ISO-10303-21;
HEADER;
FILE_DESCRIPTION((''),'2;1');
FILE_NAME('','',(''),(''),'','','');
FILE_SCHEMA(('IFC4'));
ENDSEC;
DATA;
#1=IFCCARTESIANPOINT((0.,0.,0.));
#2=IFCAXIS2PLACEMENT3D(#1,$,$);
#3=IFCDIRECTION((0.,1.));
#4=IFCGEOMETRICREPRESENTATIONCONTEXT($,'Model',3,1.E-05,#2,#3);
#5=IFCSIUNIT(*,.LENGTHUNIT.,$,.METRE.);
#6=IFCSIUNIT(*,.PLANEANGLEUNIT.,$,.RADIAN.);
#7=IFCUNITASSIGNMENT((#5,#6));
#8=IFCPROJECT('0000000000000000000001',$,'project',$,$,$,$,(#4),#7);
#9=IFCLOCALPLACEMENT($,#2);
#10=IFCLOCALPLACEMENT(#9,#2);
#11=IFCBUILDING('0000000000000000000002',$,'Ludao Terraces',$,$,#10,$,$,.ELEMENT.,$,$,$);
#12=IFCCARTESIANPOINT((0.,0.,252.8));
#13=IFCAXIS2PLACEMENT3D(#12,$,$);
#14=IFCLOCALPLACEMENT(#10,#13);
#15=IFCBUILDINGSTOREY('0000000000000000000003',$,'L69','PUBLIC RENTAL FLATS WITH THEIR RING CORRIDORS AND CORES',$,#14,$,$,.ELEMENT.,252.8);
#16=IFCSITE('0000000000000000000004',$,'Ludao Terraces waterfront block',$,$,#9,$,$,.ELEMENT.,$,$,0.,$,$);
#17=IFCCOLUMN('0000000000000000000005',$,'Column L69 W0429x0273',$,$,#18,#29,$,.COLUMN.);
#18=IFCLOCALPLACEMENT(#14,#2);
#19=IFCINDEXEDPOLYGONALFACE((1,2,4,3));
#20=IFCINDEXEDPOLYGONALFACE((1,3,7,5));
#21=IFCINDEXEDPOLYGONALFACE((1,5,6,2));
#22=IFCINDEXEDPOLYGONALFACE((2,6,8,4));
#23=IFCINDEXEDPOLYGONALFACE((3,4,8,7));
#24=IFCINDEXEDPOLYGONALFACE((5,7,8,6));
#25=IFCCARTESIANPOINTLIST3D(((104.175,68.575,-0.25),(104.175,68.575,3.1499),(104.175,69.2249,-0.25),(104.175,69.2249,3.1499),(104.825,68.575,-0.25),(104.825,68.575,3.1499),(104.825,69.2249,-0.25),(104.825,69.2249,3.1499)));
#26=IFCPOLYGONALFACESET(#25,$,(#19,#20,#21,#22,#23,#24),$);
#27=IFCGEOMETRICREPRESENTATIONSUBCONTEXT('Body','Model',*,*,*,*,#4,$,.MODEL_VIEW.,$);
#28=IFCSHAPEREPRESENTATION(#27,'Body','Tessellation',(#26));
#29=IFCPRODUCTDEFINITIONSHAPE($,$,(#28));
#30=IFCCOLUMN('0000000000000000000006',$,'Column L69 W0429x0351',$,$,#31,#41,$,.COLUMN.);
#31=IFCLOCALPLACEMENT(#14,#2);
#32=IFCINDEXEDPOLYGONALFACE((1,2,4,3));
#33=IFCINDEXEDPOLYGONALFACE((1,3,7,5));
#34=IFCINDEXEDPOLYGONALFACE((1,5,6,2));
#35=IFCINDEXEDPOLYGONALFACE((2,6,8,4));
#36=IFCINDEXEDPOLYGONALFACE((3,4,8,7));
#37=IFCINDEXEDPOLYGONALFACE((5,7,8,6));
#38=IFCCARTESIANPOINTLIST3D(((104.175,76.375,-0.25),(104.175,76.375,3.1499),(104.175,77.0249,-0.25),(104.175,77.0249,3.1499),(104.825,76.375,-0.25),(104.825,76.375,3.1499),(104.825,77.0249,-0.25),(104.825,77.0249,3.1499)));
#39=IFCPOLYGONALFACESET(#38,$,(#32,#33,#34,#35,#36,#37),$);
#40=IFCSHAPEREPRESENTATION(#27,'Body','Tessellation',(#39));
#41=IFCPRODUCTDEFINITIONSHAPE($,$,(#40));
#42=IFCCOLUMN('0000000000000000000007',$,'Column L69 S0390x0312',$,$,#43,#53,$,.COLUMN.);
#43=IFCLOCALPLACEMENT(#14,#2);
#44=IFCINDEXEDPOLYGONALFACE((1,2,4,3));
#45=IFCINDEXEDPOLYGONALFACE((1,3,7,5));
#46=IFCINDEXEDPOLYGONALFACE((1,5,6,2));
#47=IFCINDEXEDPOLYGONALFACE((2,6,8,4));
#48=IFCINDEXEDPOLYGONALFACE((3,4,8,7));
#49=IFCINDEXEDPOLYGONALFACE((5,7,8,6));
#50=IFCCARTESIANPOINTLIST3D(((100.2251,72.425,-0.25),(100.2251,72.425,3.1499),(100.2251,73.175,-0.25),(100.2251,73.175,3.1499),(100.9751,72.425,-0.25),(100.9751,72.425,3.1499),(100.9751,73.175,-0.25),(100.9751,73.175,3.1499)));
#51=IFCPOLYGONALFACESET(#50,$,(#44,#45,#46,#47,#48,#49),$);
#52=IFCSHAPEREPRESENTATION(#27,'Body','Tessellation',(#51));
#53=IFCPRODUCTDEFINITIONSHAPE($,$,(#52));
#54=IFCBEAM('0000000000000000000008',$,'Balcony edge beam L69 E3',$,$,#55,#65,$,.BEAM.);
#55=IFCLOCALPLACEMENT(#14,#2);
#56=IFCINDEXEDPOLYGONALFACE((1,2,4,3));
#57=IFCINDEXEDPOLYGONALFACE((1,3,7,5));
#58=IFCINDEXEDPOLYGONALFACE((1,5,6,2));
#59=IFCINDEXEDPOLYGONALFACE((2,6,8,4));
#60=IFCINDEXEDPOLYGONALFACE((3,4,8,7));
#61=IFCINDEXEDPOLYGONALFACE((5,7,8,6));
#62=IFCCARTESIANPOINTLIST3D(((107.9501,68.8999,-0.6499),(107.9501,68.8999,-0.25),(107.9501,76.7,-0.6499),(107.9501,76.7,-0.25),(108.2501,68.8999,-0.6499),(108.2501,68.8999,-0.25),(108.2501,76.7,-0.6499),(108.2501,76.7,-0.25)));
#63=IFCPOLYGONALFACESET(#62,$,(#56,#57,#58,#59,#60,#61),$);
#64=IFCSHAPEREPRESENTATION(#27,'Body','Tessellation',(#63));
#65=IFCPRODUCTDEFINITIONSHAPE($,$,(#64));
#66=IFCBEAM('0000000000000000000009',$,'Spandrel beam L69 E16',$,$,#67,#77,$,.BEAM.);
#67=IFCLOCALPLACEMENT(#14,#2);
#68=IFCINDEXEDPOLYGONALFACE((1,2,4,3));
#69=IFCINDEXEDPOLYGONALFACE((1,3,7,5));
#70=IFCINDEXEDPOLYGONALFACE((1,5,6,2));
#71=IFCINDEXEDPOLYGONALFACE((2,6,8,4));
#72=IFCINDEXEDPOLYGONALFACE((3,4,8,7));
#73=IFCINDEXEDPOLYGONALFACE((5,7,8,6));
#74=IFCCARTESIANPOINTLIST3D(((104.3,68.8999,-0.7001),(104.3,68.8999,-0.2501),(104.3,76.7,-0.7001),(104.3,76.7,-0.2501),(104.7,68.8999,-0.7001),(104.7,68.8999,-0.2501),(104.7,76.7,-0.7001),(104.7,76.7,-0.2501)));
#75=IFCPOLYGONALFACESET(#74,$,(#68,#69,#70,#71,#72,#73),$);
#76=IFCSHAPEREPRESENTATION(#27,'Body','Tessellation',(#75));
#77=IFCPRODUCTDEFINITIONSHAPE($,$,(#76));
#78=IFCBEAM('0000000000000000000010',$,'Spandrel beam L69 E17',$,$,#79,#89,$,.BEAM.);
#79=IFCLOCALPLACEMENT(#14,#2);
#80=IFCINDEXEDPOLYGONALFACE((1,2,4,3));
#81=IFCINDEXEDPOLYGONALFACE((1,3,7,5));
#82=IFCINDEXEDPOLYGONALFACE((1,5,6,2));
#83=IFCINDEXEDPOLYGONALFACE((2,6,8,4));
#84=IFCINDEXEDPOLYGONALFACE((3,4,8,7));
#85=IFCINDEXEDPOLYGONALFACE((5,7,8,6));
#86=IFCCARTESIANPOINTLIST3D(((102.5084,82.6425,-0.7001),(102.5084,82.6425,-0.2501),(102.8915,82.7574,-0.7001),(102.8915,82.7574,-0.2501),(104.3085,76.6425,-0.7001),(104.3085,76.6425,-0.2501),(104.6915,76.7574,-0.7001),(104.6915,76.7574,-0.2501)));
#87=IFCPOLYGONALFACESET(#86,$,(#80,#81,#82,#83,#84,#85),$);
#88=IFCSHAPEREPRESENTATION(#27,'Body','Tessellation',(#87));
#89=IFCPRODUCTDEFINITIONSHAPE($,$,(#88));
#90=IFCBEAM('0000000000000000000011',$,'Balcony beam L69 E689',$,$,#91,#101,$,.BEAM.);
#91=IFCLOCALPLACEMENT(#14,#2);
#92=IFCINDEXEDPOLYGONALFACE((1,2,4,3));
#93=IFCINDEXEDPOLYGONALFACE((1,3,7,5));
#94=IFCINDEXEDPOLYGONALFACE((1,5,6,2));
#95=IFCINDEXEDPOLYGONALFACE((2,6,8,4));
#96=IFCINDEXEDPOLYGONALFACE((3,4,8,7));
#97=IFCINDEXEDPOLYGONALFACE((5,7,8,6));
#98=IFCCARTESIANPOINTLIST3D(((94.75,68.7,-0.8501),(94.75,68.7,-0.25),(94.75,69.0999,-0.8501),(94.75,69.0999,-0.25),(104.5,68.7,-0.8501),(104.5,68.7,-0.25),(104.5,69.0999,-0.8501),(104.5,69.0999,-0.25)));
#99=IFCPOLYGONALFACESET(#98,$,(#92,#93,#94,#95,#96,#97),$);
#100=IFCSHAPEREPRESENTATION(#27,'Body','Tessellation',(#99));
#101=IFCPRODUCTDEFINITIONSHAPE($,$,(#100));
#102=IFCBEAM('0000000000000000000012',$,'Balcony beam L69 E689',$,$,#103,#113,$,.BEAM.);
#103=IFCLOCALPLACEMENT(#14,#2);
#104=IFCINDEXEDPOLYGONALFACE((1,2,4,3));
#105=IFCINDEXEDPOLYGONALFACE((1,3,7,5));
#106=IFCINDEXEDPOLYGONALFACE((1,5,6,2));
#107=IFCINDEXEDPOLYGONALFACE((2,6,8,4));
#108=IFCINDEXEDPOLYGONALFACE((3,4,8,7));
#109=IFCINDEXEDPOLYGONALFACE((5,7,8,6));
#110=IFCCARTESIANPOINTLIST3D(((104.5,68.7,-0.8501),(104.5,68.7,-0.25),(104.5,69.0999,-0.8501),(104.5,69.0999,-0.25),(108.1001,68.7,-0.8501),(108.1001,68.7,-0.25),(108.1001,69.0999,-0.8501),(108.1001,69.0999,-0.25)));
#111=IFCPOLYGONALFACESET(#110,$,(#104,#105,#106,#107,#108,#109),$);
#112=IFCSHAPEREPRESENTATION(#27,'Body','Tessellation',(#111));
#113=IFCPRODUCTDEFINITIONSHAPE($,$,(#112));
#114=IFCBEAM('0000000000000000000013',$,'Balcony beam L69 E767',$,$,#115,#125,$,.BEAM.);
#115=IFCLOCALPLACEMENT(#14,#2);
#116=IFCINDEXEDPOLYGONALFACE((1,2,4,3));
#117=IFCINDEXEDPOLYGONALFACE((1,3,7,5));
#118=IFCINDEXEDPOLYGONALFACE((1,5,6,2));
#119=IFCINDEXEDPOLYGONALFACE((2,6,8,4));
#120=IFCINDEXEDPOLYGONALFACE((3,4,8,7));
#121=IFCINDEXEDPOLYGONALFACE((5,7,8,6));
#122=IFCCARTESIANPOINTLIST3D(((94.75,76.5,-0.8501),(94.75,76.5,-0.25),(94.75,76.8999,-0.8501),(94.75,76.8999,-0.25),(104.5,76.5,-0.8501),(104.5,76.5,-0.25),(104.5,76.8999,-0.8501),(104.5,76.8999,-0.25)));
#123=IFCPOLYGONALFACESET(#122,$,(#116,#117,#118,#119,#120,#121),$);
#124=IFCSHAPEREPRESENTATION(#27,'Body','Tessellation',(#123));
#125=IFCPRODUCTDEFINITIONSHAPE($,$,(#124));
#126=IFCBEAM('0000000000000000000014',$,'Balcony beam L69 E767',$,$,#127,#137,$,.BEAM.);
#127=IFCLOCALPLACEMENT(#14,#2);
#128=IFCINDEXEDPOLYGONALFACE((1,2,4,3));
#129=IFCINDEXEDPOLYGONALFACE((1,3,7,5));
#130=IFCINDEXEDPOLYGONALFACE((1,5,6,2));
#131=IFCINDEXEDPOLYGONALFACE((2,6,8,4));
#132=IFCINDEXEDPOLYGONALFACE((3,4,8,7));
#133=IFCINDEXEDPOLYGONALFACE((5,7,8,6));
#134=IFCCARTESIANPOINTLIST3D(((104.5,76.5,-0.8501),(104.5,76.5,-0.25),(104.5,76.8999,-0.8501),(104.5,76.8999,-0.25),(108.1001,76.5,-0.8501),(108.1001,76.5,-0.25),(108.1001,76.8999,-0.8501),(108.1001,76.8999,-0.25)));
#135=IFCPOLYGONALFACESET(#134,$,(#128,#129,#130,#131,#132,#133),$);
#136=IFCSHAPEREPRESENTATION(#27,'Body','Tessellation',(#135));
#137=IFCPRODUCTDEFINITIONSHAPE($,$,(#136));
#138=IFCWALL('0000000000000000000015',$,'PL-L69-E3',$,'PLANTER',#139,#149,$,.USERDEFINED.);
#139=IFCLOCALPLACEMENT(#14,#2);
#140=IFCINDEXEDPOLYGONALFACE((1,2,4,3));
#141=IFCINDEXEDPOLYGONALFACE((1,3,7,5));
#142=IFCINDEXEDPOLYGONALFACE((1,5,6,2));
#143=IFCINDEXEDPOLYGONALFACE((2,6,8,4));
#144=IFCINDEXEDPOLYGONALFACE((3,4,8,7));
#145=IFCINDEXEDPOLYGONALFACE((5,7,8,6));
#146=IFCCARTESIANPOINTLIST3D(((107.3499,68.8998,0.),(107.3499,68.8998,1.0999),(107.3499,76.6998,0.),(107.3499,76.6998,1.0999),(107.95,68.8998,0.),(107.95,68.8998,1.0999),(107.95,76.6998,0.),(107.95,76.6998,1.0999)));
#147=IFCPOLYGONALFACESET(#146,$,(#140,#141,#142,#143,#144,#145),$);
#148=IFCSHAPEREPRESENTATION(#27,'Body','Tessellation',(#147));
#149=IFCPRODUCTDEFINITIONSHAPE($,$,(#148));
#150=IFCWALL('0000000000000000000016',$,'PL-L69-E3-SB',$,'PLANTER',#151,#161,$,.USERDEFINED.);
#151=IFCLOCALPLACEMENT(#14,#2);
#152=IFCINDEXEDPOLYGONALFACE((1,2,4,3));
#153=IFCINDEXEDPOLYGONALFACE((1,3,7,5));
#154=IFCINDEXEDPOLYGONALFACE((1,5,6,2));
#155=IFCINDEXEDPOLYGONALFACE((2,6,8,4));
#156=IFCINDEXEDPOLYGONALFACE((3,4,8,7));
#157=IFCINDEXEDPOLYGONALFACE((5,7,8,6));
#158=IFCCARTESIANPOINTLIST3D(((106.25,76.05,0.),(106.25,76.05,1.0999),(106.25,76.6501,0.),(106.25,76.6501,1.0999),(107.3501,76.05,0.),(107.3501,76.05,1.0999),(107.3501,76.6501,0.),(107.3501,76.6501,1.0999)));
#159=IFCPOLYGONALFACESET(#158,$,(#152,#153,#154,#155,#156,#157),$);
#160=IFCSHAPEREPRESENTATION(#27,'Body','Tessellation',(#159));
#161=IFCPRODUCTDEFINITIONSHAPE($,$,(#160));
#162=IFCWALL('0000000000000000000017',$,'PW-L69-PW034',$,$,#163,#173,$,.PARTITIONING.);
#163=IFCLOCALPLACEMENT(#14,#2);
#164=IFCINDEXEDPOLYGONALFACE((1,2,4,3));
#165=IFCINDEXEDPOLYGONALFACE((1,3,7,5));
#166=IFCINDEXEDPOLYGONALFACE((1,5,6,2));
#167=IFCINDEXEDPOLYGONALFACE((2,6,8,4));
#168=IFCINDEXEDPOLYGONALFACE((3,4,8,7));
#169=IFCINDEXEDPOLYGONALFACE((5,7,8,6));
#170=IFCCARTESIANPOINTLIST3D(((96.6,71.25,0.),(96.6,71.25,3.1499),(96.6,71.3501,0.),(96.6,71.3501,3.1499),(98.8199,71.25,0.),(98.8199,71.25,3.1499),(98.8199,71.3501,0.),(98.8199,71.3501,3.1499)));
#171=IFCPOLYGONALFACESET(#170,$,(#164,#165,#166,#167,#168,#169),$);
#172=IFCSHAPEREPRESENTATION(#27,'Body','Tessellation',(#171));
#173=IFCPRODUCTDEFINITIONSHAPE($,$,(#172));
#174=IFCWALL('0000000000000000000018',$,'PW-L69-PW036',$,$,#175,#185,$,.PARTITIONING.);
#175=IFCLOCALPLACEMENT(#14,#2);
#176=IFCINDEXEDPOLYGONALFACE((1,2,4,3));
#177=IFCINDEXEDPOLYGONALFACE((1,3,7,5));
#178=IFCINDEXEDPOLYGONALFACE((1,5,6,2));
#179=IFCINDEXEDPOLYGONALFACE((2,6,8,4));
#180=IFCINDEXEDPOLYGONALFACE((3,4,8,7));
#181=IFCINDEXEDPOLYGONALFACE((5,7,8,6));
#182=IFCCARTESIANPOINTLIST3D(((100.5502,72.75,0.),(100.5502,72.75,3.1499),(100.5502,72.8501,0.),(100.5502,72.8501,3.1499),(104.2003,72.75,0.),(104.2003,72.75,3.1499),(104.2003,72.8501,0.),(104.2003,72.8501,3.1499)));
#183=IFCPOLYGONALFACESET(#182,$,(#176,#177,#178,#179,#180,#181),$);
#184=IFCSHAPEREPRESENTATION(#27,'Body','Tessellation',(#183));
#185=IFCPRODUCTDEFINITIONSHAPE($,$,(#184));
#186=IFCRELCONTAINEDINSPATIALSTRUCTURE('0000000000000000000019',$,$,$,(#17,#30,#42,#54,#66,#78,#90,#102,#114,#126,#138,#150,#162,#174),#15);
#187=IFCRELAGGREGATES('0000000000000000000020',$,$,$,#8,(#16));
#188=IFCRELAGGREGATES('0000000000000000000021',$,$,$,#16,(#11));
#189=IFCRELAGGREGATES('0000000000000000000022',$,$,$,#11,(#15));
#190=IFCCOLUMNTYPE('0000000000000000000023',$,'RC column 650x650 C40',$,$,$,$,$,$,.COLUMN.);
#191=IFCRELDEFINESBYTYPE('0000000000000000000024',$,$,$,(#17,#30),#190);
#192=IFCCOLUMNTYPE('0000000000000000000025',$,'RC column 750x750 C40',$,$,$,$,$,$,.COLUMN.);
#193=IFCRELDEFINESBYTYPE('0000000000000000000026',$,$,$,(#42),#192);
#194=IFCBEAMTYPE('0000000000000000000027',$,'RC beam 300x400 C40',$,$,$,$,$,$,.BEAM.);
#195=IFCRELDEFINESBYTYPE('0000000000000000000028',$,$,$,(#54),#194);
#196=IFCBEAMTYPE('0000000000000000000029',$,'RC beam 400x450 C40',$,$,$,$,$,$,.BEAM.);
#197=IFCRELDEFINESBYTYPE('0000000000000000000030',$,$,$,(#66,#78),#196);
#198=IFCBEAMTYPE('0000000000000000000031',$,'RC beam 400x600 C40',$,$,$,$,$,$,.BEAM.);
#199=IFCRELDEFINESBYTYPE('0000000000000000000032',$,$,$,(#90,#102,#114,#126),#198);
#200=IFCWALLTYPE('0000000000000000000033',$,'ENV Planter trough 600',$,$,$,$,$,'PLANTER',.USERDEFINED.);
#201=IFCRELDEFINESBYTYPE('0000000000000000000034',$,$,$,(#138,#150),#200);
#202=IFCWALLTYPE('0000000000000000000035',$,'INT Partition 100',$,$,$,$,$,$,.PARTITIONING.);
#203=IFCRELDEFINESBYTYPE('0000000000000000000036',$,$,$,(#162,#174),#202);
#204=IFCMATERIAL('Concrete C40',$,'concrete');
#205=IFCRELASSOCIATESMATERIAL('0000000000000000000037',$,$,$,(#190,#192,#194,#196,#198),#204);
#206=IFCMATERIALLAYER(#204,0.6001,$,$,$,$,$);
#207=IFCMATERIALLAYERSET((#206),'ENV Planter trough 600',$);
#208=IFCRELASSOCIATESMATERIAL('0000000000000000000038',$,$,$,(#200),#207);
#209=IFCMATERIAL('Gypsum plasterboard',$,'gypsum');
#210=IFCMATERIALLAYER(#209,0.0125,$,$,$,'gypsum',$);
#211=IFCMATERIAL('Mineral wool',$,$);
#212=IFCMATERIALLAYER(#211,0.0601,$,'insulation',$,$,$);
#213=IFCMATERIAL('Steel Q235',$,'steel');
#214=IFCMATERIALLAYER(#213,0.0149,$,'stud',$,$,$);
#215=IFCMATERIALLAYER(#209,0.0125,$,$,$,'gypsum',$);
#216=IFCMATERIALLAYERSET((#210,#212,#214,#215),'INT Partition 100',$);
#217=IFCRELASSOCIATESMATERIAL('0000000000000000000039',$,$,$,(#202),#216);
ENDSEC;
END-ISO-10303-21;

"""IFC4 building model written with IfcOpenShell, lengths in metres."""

from ifc_helpers import new_model, si_unit, direction, frame, frame_2d, origin, origin_2d, place, context, subcontext, project, spatial, rectangle, extrude, material, layer, layer_set, material_profile, profile_set, type_object, element, save


model = new_model("IFC4")

# Units and contexts
model_context = context("Model", 3, precision=1e-05, world=origin(), true_north=direction((0.0, 1.0)))
body_context = subcontext(model_context, "Body", "Model", "MODEL_VIEW")
ifc_project = project(units=[si_unit("LENGTHUNIT", "METRE"), si_unit("PLANEANGLEUNIT", "RADIAN")], contexts=[model_context])

# Site, building, storey
site_placement = place(None, origin())
site = spatial("IfcSite", under=ifc_project, at=site_placement, Name="Ludao Terraces waterfront block", CompositionType="ELEMENT", RefElevation=0.0)
building_placement = place(site_placement, origin())
building = spatial("IfcBuilding", under=site, at=building_placement, Name="Ludao Terraces", CompositionType="ELEMENT")
storey_placement = place(building_placement, frame((0.0, 0.0, 252.8)))
storey = spatial("IfcBuildingStorey", under=building, at=storey_placement, Name="L69", Description="PUBLIC RENTAL FLATS WITH THEIR RING CORRIDORS AND CORES", CompositionType="ELEMENT", Elevation=252.8)

# Columns
ifc_material_1 = material(Name="Concrete C40", Category="concrete")
ifc_material_profile_1 = material_profile(ifc_material_1, rectangle(XDim=0.6499, YDim=0.6499, at=origin_2d()), Name="650 X 650")
ifc_profile_set_1 = profile_set([ifc_material_profile_1], Name="Concrete C40")
column_type_1 = type_object("IfcColumnType", Name="RC column 650x650 C40", PredefinedType="COLUMN", material=ifc_profile_set_1)
for number, where, z_axis, x_axis, name in (
    (1, (104.5, 68.8999, -0.25), (0.0, 0.0, 1.0), (1.0, 0.0, 0.0), "Column L69 W0429x0273"),
    (2, (104.5, 76.7, -0.25), (0.0, 0.0, 1.0), (1.0, 0.0, 0.0), "Column L69 W0429x0351"),
):
    element("IfcColumn", number, at=place(storey_placement, frame(where, z_axis=z_axis, x_axis=x_axis)), inside=storey, type_object=column_type_1, Name=name, PredefinedType="COLUMN", context=body_context, shape_type="SweptSolid", body=[
        extrude(rectangle(XDim=0.6499, YDim=0.6499, at=origin_2d()), origin(), (0.0, 0.0, 1.0), 3.3999),
    ])
ifc_material_profile_2 = material_profile(ifc_material_1, rectangle(XDim=0.75, YDim=0.75, at=origin_2d()), Name="750 X 750")
ifc_profile_set_2 = profile_set([ifc_material_profile_2], Name="Concrete C40")
column_type_2 = type_object("IfcColumnType", Name="RC column 750x750 C40", PredefinedType="COLUMN", material=ifc_profile_set_2)
column_placement = place(storey_placement, frame((100.6001, 72.8, -0.25), z_axis=(0.0, 0.0, 1.0), x_axis=(1.0, 0.0, 0.0)))
element("IfcColumn", 3, at=column_placement, inside=storey, type_object=column_type_2, Name="Column L69 S0390x0312", PredefinedType="COLUMN", context=body_context, shape_type="SweptSolid", body=[
    extrude(rectangle(XDim=0.75, YDim=0.75, at=origin_2d()), origin(), (0.0, 0.0, 1.0), 3.3999),
])

# Beams
ifc_material_profile_3 = material_profile(ifc_material_1, rectangle(XDim=0.3, YDim=0.3999, at=origin_2d()), Name="300 X 400")
ifc_profile_set_3 = profile_set([ifc_material_profile_3], Name="Concrete C40")
beam_type_1 = type_object("IfcBeamType", Name="RC beam 300x400 C40", PredefinedType="BEAM", material=ifc_profile_set_3)
beam_1_placement = place(storey_placement, frame((108.1001, 68.8999, -0.45), z_axis=(0.0, 1.0, 0.0), x_axis=(-1.0, 0.0, 0.0)))
element("IfcBeam", 4, at=beam_1_placement, inside=storey, type_object=beam_type_1, Name="Balcony edge beam L69 E3", PredefinedType="BEAM", context=body_context, shape_type="SweptSolid", body=[
    extrude(rectangle(XDim=0.3, YDim=0.3999, at=origin_2d()), origin(), (0.0, 0.0, 1.0), 7.8),
])
ifc_material_profile_4 = material_profile(ifc_material_1, rectangle(XDim=0.3999, YDim=0.45, at=origin_2d()), Name="400 X 450")
ifc_profile_set_4 = profile_set([ifc_material_profile_4], Name="Concrete C40")
beam_type_2 = type_object("IfcBeamType", Name="RC beam 400x450 C40", PredefinedType="BEAM", material=ifc_profile_set_4)
beam_2_placement = place(storey_placement, frame((104.5, 68.8999, -0.4751), z_axis=(0.0, 1.0, 0.0), x_axis=(-1.0, 0.0, 0.0)))
element("IfcBeam", 5, at=beam_2_placement, inside=storey, type_object=beam_type_2, Name="Spandrel beam L69 E16", PredefinedType="BEAM", context=body_context, shape_type="SweptSolid", body=[
    extrude(rectangle(XDim=0.3999, YDim=0.45, at=origin_2d()), origin(), (0.0, 0.0, 1.0), 7.8),
])
beam_3_placement = place(storey_placement, frame((104.5, 76.7, -0.4751), z_axis=(-0.287355, 0.957824, 0.0), x_axis=(-0.957824, -0.287355, 0.0)))
element("IfcBeam", 6, at=beam_3_placement, inside=storey, type_object=beam_type_2, Name="Spandrel beam L69 E17", PredefinedType="BEAM", context=body_context, shape_type="SweptSolid", body=[
    extrude(rectangle(XDim=0.3999, YDim=0.45, at=origin_2d()), origin(), (0.0, 0.0, 1.0), 6.2642),
])
ifc_material_profile_5 = material_profile(ifc_material_1, rectangle(XDim=0.3999, YDim=0.6001, at=origin_2d()), Name="400 X 600")
ifc_profile_set_5 = profile_set([ifc_material_profile_5], Name="Concrete C40")
beam_type_3 = type_object("IfcBeamType", Name="RC beam 400x600 C40", PredefinedType="BEAM", material=ifc_profile_set_5)
beam_4_placement = place(storey_placement, frame((94.75, 68.8999, -0.55), z_axis=(1.0, 0.0, 0.0), x_axis=(0.0, 1.0, 0.0)))
element("IfcBeam", 7, at=beam_4_placement, inside=storey, type_object=beam_type_3, Name="Balcony beam L69 E689", PredefinedType="BEAM", context=body_context, shape_type="SweptSolid", body=[
    extrude(rectangle(XDim=0.3999, YDim=0.6001, at=origin_2d()), origin(), (0.0, 0.0, 1.0), 9.75),
])
beam_5_placement = place(storey_placement, frame((104.5, 68.8999, -0.55), z_axis=(1.0, 0.0, 0.0), x_axis=(0.0, 1.0, 0.0)))
element("IfcBeam", 8, at=beam_5_placement, inside=storey, type_object=beam_type_3, Name="Balcony beam L69 E689", PredefinedType="BEAM", context=body_context, shape_type="SweptSolid", body=[
    extrude(rectangle(XDim=0.3999, YDim=0.6001, at=origin_2d()), origin(), (0.0, 0.0, 1.0), 3.6001),
])
beam_6_placement = place(storey_placement, frame((94.75, 76.7, -0.55), z_axis=(1.0, 0.0, 0.0), x_axis=(0.0, 1.0, 0.0)))
element("IfcBeam", 9, at=beam_6_placement, inside=storey, type_object=beam_type_3, Name="Balcony beam L69 E767", PredefinedType="BEAM", context=body_context, shape_type="SweptSolid", body=[
    extrude(rectangle(XDim=0.3999, YDim=0.6001, at=origin_2d()), origin(), (0.0, 0.0, 1.0), 9.75),
])
beam_7_placement = place(storey_placement, frame((104.5, 76.7, -0.55), z_axis=(1.0, 0.0, 0.0), x_axis=(0.0, 1.0, 0.0)))
element("IfcBeam", 10, at=beam_7_placement, inside=storey, type_object=beam_type_3, Name="Balcony beam L69 E767", PredefinedType="BEAM", context=body_context, shape_type="SweptSolid", body=[
    extrude(rectangle(XDim=0.3999, YDim=0.6001, at=origin_2d()), origin(), (0.0, 0.0, 1.0), 3.6001),
])

# Walls
ifc_layer_1 = layer(ifc_material_1, 0.6001)
ifc_layer_set_1 = layer_set([ifc_layer_1], Name="ENV Planter trough 600")
wall_type_1 = type_object("IfcWallType", Name="ENV Planter trough 600", ElementType="PLANTER", PredefinedType="USERDEFINED", material=ifc_layer_set_1)
wall_1_placement = place(storey_placement, frame((107.6499, 68.8999, 0.0), z_axis=(0.0, 0.0, 1.0), x_axis=(0.0, 1.0, 0.0)))
element("IfcWall", 11, at=wall_1_placement, inside=storey, type_object=wall_type_1, Name="PL-L69-E3", ObjectType="PLANTER", PredefinedType="USERDEFINED", context=body_context, shape_type="SweptSolid", body=[
    extrude(rectangle(XDim=7.8, YDim=0.6001, at=frame_2d((3.8999, 0.0))), origin(), (0.0, 0.0, 1.0), 1.0999),
])
wall_2_placement = place(storey_placement, frame((107.3501, 76.3501, 0.0), z_axis=(0.0, 0.0, 1.0), x_axis=(-1.0, 0.0, 0.0)))
element("IfcWall", 12, at=wall_2_placement, inside=storey, type_object=wall_type_1, Name="PL-L69-E3-SB", ObjectType="PLANTER", PredefinedType="USERDEFINED", context=body_context, shape_type="SweptSolid", body=[
    extrude(rectangle(XDim=1.1001, YDim=0.6001, at=frame_2d((0.55, 0.0))), origin(), (0.0, 0.0, 1.0), 1.0999),
])

# Shared definitions
ifc_material_2 = material(Name="Mineral wool")

# Walls
ifc_material_3 = material(Name="Gypsum plasterboard", Category="gypsum")
ifc_layer_2 = layer(ifc_material_3, 0.0125, Category="gypsum")
ifc_layer_3 = layer(ifc_material_2, 0.0601, Name="insulation")
ifc_material_4 = material(Name="Steel Q235", Category="steel")
ifc_layer_4 = layer(ifc_material_4, 0.0149, Name="stud")
ifc_layer_5 = layer(ifc_material_3, 0.0125, Category="gypsum")
ifc_layer_set_2 = layer_set([ifc_layer_2, ifc_layer_3, ifc_layer_4, ifc_layer_5], Name="INT Partition 100")
wall_type_2 = type_object("IfcWallType", Name="INT Partition 100", PredefinedType="PARTITIONING", material=ifc_layer_set_2)
wall_3_placement = place(storey_placement, frame((96.6001, 71.3, 0.0), z_axis=(0.0, 0.0, 1.0), x_axis=(1.0, 0.0, 0.0)))
element("IfcWall", 13, at=wall_3_placement, inside=storey, type_object=wall_type_2, Name="PW-L69-PW034", PredefinedType="PARTITIONING", context=body_context, shape_type="SweptSolid", body=[
    extrude(rectangle(XDim=2.22, YDim=0.1001, at=frame_2d((1.1099, 0.0))), origin(), (0.0, 0.0, 1.0), 3.1499),
])
wall_4_placement = place(storey_placement, frame((100.55, 72.8, 0.0), z_axis=(0.0, 0.0, 1.0), x_axis=(1.0, 0.0, 0.0)))
element("IfcWall", 14, at=wall_4_placement, inside=storey, type_object=wall_type_2, Name="PW-L69-PW036", PredefinedType="PARTITIONING", context=body_context, shape_type="SweptSolid", body=[
    extrude(rectangle(XDim=3.6501, YDim=0.1001, at=frame_2d((1.8252, 0.0))), origin(), (0.0, 0.0, 1.0), 3.1499),
])

save(model, "model.ifc")
